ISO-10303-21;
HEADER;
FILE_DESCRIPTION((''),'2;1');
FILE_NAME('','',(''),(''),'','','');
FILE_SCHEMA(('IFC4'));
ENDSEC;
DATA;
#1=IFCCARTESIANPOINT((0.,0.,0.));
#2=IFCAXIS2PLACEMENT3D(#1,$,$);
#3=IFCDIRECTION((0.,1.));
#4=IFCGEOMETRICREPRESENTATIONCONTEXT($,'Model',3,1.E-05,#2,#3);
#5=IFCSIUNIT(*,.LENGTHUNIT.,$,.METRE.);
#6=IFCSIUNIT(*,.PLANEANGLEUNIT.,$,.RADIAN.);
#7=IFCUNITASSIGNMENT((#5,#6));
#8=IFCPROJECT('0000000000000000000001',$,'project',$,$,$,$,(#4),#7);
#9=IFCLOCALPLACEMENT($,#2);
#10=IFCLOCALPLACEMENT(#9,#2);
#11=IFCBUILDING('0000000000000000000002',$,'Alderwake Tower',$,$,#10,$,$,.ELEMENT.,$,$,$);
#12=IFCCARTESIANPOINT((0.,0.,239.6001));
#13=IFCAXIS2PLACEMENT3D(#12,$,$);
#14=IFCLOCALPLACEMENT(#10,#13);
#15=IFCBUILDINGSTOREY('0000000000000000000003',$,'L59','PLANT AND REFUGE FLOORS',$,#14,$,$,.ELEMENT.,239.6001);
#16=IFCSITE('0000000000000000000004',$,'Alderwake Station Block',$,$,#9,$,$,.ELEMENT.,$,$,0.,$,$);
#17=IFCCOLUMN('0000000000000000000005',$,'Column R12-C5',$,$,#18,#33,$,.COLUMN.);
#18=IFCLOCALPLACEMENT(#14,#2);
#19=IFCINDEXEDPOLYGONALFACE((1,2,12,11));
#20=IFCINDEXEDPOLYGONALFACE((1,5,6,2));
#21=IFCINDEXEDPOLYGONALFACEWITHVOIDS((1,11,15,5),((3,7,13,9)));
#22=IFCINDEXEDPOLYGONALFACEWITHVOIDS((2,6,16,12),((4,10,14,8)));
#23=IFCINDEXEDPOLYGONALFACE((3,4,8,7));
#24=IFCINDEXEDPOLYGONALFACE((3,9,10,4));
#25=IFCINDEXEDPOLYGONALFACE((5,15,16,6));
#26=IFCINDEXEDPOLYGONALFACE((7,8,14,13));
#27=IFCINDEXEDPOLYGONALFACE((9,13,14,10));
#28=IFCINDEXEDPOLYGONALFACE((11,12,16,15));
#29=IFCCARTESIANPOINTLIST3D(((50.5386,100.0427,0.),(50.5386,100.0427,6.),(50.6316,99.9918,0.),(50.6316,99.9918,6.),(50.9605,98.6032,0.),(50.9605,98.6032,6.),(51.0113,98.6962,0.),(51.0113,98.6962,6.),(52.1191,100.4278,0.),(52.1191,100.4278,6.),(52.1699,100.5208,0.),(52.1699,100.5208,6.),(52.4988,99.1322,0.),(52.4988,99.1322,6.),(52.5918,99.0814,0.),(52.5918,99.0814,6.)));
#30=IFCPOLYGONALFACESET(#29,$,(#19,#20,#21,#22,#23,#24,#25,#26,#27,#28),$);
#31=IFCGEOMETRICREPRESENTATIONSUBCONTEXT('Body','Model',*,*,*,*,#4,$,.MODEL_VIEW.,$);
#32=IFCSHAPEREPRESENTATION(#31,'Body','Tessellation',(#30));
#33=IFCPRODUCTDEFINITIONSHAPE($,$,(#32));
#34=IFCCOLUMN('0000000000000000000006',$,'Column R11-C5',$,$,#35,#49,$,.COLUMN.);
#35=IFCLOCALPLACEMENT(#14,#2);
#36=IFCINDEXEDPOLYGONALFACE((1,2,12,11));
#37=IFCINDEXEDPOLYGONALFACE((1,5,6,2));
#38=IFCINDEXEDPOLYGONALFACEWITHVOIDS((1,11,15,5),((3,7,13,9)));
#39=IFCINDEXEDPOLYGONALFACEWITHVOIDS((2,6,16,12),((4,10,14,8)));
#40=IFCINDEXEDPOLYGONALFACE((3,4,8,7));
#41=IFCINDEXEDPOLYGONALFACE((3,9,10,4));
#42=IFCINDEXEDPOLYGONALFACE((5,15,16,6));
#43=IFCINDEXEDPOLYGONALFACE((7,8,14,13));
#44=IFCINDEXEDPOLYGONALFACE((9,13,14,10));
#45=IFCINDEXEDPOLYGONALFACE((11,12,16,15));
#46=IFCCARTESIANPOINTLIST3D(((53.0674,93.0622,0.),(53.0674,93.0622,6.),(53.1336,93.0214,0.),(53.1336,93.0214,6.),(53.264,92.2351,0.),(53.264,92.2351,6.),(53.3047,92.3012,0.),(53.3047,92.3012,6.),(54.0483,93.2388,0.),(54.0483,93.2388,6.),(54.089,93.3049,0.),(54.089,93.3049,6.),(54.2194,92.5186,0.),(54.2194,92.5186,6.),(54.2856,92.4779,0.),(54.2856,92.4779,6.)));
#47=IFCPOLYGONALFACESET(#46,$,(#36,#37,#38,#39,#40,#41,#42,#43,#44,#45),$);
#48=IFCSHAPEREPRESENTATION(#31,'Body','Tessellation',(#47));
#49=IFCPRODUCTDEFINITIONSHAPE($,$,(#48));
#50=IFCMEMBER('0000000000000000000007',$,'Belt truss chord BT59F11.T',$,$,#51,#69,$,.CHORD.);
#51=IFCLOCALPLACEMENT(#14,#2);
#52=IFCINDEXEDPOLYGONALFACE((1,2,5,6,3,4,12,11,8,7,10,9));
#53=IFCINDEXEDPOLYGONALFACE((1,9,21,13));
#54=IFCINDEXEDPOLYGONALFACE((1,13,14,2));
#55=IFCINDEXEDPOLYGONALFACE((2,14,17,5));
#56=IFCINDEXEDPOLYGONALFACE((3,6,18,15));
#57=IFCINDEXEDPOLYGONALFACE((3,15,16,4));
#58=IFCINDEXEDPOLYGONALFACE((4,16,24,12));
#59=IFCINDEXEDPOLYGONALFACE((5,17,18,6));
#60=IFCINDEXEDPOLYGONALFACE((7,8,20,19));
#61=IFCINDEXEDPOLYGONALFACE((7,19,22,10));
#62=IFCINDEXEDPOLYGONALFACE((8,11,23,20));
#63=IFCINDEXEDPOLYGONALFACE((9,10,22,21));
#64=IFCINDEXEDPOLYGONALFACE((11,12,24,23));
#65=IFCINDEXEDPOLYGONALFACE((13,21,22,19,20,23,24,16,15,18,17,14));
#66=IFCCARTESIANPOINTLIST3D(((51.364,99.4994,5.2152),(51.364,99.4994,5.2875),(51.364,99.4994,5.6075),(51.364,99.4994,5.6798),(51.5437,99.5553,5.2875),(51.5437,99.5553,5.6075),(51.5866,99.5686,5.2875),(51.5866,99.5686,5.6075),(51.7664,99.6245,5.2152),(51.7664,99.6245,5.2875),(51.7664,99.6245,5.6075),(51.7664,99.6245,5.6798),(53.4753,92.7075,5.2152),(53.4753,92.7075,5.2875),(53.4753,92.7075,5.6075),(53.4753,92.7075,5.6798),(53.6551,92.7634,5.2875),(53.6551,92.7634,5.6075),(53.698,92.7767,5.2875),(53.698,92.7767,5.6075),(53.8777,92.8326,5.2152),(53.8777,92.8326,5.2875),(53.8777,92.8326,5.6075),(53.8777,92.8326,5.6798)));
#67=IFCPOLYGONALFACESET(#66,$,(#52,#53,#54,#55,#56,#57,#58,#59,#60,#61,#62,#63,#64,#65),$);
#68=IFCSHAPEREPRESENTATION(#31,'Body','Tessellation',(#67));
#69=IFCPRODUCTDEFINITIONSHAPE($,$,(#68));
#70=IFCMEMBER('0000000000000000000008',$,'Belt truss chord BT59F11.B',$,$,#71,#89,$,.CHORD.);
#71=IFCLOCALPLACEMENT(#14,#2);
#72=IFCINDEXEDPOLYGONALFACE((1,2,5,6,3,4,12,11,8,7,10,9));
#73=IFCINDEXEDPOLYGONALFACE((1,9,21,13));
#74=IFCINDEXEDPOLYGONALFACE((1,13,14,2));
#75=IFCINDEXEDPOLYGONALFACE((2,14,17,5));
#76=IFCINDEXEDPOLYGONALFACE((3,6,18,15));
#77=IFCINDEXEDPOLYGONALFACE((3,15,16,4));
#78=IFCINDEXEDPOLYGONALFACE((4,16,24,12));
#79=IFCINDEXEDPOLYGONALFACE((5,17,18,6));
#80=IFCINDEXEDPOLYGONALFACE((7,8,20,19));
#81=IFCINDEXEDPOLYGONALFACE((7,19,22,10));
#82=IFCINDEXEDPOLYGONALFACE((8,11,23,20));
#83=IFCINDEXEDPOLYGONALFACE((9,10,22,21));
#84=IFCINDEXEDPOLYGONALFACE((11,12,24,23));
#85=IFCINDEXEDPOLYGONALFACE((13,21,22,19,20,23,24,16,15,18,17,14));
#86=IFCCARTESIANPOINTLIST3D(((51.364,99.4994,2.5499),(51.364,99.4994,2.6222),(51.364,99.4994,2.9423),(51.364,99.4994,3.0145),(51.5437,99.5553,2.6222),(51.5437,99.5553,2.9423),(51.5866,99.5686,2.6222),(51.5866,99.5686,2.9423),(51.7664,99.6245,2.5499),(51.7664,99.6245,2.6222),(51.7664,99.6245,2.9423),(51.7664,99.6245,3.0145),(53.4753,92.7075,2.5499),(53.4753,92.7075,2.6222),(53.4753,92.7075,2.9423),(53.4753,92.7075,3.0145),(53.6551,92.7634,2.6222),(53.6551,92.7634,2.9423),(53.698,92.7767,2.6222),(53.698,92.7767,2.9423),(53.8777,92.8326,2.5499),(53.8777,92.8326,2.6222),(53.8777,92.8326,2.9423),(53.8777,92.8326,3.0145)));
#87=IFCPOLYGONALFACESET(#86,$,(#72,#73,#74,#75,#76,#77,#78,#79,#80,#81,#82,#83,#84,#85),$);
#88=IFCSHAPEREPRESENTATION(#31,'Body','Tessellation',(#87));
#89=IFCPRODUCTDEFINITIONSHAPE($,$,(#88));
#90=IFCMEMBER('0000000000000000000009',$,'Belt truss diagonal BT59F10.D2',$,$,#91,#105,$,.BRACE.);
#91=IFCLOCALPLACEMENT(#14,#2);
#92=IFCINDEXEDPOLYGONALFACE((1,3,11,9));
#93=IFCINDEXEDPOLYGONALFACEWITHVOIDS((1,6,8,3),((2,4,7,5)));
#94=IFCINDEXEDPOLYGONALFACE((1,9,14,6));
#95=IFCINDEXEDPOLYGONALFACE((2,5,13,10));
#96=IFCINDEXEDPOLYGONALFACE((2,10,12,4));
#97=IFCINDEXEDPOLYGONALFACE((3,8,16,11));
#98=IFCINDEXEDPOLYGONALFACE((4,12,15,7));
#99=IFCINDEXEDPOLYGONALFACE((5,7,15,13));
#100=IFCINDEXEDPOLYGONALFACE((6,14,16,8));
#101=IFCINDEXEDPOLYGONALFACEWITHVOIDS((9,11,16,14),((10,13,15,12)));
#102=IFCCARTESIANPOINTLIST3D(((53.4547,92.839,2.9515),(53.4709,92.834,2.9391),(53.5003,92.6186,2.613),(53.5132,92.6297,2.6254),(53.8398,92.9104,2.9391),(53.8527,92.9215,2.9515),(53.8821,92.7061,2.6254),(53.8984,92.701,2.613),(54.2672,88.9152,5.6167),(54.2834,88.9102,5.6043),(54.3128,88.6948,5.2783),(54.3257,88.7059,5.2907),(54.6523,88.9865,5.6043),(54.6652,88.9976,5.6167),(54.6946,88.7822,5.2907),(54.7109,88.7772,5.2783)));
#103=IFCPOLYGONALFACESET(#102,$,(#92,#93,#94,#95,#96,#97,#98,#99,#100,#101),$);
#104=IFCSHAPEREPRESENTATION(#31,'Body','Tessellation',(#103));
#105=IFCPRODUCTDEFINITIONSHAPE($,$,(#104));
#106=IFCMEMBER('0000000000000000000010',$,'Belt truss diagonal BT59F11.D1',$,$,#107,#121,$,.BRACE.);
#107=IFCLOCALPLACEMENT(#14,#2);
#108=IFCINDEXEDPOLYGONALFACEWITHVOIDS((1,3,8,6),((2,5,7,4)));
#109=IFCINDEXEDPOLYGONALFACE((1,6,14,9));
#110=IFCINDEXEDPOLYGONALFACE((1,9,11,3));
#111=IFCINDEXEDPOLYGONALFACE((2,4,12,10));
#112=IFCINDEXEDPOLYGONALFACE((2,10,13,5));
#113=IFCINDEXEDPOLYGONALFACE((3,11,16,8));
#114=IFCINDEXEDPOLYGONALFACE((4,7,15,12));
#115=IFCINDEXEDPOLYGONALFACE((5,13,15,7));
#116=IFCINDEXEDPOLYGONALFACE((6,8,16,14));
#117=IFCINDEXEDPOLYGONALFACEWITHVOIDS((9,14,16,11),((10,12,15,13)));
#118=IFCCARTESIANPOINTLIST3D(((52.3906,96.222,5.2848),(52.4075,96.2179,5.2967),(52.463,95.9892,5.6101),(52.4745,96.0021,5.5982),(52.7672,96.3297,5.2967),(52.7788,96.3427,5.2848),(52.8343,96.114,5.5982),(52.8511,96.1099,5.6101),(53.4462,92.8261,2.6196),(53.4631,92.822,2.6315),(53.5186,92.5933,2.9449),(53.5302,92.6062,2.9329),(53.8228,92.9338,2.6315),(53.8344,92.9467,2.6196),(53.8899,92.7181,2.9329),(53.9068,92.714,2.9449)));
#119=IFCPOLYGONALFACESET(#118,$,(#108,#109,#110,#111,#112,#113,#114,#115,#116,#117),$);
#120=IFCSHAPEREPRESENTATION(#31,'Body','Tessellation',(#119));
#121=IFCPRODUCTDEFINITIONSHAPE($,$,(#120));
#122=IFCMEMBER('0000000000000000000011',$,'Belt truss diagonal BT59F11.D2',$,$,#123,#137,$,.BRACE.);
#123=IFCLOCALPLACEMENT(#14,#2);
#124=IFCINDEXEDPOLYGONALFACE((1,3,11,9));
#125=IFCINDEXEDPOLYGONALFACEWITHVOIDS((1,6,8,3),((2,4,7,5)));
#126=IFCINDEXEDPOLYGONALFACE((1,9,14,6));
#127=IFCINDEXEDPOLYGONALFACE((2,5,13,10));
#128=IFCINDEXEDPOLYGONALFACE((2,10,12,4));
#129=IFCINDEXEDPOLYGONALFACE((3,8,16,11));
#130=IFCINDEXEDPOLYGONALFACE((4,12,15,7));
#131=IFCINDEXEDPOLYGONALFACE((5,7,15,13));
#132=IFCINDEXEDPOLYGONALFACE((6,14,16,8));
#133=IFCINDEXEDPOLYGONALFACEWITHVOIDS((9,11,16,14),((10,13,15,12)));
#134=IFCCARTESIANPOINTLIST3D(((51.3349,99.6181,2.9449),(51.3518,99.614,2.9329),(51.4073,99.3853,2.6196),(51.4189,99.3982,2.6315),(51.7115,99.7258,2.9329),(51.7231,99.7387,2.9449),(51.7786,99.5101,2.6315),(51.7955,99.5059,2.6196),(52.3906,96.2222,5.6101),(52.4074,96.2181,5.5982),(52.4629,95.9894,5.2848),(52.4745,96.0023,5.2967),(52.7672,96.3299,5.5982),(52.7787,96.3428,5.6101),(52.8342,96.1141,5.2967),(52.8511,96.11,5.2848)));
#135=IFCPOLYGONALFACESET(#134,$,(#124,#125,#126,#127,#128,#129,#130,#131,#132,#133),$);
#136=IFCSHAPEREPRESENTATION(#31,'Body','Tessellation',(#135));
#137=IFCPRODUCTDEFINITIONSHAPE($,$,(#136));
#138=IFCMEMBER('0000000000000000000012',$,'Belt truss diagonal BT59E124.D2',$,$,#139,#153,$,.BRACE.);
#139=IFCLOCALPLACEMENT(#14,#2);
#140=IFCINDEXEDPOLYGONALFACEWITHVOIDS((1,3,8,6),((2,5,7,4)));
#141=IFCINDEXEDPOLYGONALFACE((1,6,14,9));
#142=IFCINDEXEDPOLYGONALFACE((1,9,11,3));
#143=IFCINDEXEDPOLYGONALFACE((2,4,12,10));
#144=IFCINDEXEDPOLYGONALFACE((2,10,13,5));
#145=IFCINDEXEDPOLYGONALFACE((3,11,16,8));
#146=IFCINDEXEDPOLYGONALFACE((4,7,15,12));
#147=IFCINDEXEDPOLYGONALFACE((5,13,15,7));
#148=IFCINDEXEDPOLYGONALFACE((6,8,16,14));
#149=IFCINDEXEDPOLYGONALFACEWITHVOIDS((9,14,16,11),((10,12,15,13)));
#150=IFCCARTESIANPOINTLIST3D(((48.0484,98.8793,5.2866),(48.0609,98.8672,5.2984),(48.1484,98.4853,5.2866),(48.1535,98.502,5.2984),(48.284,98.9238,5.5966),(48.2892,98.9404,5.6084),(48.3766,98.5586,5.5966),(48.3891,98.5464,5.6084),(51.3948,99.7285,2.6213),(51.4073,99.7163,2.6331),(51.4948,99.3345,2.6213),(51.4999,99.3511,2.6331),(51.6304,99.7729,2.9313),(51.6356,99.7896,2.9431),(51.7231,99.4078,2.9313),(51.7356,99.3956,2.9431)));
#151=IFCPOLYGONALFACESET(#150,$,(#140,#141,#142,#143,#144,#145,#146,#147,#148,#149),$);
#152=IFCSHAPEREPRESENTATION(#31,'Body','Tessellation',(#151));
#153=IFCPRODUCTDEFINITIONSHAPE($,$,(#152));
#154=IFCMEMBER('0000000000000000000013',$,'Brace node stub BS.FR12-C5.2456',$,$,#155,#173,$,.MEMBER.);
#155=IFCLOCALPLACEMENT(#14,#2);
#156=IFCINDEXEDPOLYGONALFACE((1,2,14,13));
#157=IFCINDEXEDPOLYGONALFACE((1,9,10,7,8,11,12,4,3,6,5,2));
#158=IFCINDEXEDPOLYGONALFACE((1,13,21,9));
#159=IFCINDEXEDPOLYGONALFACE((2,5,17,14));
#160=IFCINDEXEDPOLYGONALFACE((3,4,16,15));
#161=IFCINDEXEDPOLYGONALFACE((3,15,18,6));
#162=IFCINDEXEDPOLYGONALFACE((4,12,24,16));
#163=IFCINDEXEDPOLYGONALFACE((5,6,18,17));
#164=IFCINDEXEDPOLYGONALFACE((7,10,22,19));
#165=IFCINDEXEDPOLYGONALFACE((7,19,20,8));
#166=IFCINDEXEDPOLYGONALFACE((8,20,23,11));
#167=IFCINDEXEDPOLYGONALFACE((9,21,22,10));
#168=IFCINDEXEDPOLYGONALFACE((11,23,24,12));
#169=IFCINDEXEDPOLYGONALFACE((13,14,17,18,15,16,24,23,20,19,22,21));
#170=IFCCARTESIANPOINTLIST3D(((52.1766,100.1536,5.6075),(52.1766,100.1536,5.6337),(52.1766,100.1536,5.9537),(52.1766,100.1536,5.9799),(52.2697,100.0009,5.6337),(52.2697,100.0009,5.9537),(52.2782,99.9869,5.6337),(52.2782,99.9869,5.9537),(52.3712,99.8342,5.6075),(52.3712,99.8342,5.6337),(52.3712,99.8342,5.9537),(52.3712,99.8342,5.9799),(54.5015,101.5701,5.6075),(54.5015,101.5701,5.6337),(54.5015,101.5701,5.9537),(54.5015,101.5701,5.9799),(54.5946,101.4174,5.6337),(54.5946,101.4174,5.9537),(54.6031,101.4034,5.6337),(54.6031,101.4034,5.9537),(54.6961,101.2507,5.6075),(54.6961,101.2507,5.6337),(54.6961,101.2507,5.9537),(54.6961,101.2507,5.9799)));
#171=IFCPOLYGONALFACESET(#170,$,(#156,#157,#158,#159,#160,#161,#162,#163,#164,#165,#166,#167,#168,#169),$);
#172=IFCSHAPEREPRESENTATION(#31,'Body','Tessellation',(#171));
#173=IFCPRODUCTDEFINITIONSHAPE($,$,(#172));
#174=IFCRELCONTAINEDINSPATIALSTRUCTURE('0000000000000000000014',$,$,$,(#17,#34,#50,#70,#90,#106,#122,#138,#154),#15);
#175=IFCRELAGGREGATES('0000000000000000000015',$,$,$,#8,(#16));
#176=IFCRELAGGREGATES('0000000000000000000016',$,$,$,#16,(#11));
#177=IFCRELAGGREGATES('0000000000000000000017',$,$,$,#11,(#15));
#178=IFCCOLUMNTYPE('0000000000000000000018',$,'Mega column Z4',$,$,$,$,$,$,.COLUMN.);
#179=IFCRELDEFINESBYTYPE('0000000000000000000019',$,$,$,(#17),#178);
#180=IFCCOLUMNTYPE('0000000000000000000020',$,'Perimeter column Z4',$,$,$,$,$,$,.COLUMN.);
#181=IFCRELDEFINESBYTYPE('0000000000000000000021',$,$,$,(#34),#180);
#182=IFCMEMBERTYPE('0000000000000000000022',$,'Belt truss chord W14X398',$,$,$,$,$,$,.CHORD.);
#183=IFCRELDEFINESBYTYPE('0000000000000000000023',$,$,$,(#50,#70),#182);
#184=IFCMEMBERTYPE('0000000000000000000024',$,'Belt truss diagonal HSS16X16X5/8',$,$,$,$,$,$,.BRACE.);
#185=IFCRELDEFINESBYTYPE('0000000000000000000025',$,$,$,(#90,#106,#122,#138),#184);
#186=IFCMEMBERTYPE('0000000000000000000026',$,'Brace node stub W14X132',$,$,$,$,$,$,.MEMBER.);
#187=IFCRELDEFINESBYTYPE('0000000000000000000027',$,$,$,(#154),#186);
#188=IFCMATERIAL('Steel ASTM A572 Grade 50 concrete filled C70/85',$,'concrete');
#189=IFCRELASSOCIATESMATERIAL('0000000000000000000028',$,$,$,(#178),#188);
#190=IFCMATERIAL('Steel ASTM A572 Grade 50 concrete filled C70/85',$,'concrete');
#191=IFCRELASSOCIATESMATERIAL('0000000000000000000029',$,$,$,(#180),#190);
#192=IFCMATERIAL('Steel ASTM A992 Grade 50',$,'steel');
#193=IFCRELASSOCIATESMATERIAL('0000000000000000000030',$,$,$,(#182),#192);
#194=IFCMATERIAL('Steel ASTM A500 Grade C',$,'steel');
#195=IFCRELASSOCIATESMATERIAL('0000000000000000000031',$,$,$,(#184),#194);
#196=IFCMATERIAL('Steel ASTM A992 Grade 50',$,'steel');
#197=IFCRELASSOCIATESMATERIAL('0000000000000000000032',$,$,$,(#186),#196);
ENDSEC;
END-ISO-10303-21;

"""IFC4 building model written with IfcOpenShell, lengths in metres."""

from ifc_helpers import new_model, si_unit, direction, frame, origin, origin_2d, place, context, subcontext, project, spatial, hollow_rectangle, i_section, extrude, material, material_profile, profile_set, type_object, element, save


model = new_model("IFC4")

# Units and contexts
model_context = context("Model", 3, precision=1e-05, world=origin(), true_north=direction((0.0, 1.0)))
body_context = subcontext(model_context, "Body", "Model", "MODEL_VIEW")
ifc_project = project(units=[si_unit("LENGTHUNIT", "METRE"), si_unit("PLANEANGLEUNIT", "RADIAN")], contexts=[model_context])

# Site, building, storey
site_placement = place(None, origin())
site = spatial("IfcSite", under=ifc_project, at=site_placement, Name="Alderwake Station Block", CompositionType="ELEMENT", RefElevation=0.0)
building_placement = place(site_placement, origin())
building = spatial("IfcBuilding", under=site, at=building_placement, Name="Alderwake Tower", CompositionType="ELEMENT")
storey_placement = place(building_placement, frame((0.0, 0.0, 239.6001)))
storey = spatial("IfcBuildingStorey", under=building, at=storey_placement, Name="L59", Description="PLANT AND REFUGE FLOORS", CompositionType="ELEMENT", Elevation=239.6001)

# Columns
ifc_material_1 = material(Name="Steel ASTM A572 Grade 50 concrete filled C70/85", Category="concrete")
ifc_material_profile_1 = material_profile(ifc_material_1, hollow_rectangle(XDim=1.5, YDim=1.7, WallThickness=0.075, at=origin_2d()), Name="BOX 1700X1500X75")
ifc_profile_set_1 = profile_set([ifc_material_profile_1], Name="Steel ASTM A572 Grade 50 concrete filled C70/85")
column_type_1 = type_object("IfcColumnType", Name="Mega column Z4", PredefinedType="COLUMN", material=ifc_profile_set_1)
column_1_placement = place(storey_placement, frame((51.5652, 99.562, 0.0), z_axis=(0.0, 0.0, 1.0), x_axis=(-0.28127, 0.959629, 0.0)))
element("IfcColumn", 1, at=column_1_placement, inside=storey, type_object=column_type_1, Name="Column R12-C5", PredefinedType="COLUMN", context=body_context, shape_type="SweptSolid", body=[
    extrude(hollow_rectangle(XDim=1.5, YDim=1.7, WallThickness=0.075, at=origin_2d()), origin(), (0.0, 0.0, 1.0), 6.0),
])
ifc_material_2 = material(Name="Steel ASTM A572 Grade 50 concrete filled C70/85", Category="concrete")
ifc_material_profile_2 = material_profile(ifc_material_2, hollow_rectangle(XDim=0.8501, YDim=1.05, WallThickness=0.0549, at=origin_2d()), Name="BOX 1050X850X55")
ifc_profile_set_2 = profile_set([ifc_material_profile_2], Name="Steel ASTM A572 Grade 50 concrete filled C70/85")
column_type_2 = type_object("IfcColumnType", Name="Perimeter column Z4", PredefinedType="COLUMN", material=ifc_profile_set_2)
column_2_placement = place(storey_placement, frame((53.6765, 92.77, 0.0), z_axis=(0.0, 0.0, 1.0), x_axis=(-0.231222, 0.972901, 0.0)))
element("IfcColumn", 2, at=column_2_placement, inside=storey, type_object=column_type_2, Name="Column R11-C5", PredefinedType="COLUMN", context=body_context, shape_type="SweptSolid", body=[
    extrude(hollow_rectangle(XDim=0.8501, YDim=1.05, WallThickness=0.0549, at=origin_2d()), origin(), (0.0, 0.0, 1.0), 6.0),
])

# Members
ifc_material_3 = material(Name="Steel ASTM A992 Grade 50", Category="steel")
ifc_material_profile_3 = material_profile(ifc_material_3, i_section(OverallWidth=0.4214, OverallDepth=0.4646, WebThickness=0.0449, FlangeThickness=0.0723, at=origin_2d()), Name="W14X398")
ifc_profile_set_3 = profile_set([ifc_material_profile_3], Name="Steel ASTM A992 Grade 50")
member_type_1 = type_object("IfcMemberType", Name="Belt truss chord W14X398", PredefinedType="CHORD", material=ifc_profile_set_3)
for number, where, z_axis, x_axis, name in (
    (3, (53.6765, 92.77, 5.4475), (-0.296844, 0.954926, 0.0), (-0.954926, -0.296844, 0.0), "Belt truss chord BT59F11.T"),
    (4, (53.6765, 92.77, 2.7822), (-0.296844, 0.954926, 0.0), (-0.954926, -0.296844, 0.0), "Belt truss chord BT59F11.B"),
):
    element("IfcMember", number, at=place(storey_placement, frame(where, z_axis=z_axis, x_axis=x_axis)), inside=storey, type_object=member_type_1, Name=name, PredefinedType="CHORD", context=body_context, shape_type="SweptSolid", body=[
        extrude(i_section(OverallWidth=0.4214, OverallDepth=0.4646, WebThickness=0.0449, FlangeThickness=0.0723, at=origin_2d()), origin(), (0.0, 0.0, 1.0), 7.1125),
    ])
ifc_material_4 = material(Name="Steel ASTM A500 Grade C", Category="steel")
ifc_material_profile_4 = material_profile(ifc_material_4, hollow_rectangle(XDim=0.4065, YDim=0.4065, WallThickness=0.0149, at=origin_2d()), Name="HSS16X16X5/8")
ifc_profile_set_4 = profile_set([ifc_material_profile_4], Name="Steel ASTM A500 Grade C")
member_type_2 = type_object("IfcMemberType", Name="Belt truss diagonal HSS16X16X5/8", PredefinedType="BRACE", material=ifc_profile_set_4)
member_1_placement = place(storey_placement, frame((53.6765, 92.77, 2.7822), z_axis=(0.168831, -0.815338, 0.553823), x_axis=(0.979227, 0.202767, 0.0)))
element("IfcMember", 5, at=member_1_placement, inside=storey, type_object=member_type_2, Name="Belt truss diagonal BT59F10.D2", PredefinedType="BRACE", context=body_context, shape_type="SweptSolid", body=[
    extrude(hollow_rectangle(XDim=0.4065, YDim=0.4065, WallThickness=0.0149, at=origin_2d()), origin(), (0.0, 0.0, 1.0), 4.8125),
])
for number, where, z_axis, x_axis, name in (
    (6, (53.6765, 92.77, 2.7822), (-0.237537, 0.76414, 0.599721), (-0.954926, -0.296844, 0.0), "Belt truss diagonal BT59F11.D1"),
    (7, (51.5652, 99.562, 2.7822), (0.237537, -0.76414, 0.599721), (0.954926, 0.296844, 0.0), "Belt truss diagonal BT59F11.D2"),
):
    element("IfcMember", number, at=place(storey_placement, frame(where, z_axis=z_axis, x_axis=x_axis)), inside=storey, type_object=member_type_2, Name=name, PredefinedType="BRACE", context=body_context, shape_type="SweptSolid", body=[
        extrude(hollow_rectangle(XDim=0.4065, YDim=0.4065, WallThickness=0.0149, at=origin_2d()), origin(), (0.0, 0.0, 1.0), 4.4441),
    ])
member_2_placement = place(storey_placement, frame((51.5652, 99.562, 2.7822), z_axis=(-0.767253, -0.194682, 0.611082), x_axis=(0.245945, -0.969284, 0.0)))
element("IfcMember", 8, at=member_2_placement, inside=storey, type_object=member_type_2, Name="Belt truss diagonal BT59E124.D2", PredefinedType="BRACE", context=body_context, shape_type="SweptSolid", body=[
    extrude(hollow_rectangle(XDim=0.4065, YDim=0.4065, WallThickness=0.0149, at=origin_2d()), origin(), (0.0, 0.0, 1.0), 4.3616),
])
ifc_material_5 = material(Name="Steel ASTM A992 Grade 50", Category="steel")
ifc_material_profile_5 = material_profile(ifc_material_5, i_section(OverallWidth=0.374, OverallDepth=0.3723, WebThickness=0.0164, FlangeThickness=0.0261, at=origin_2d()), Name="W14X132")
ifc_profile_set_5 = profile_set([ifc_material_profile_5], Name="Steel ASTM A992 Grade 50")
member_type_3 = type_object("IfcMemberType", Name="Brace node stub W14X132", PredefinedType="MEMBER", material=ifc_profile_set_5)
member_3_placement = place(storey_placement, frame((52.2739, 99.9939, 5.7937), z_axis=(0.853984, 0.5203, 0.0), x_axis=(-0.5203, 0.853984, 0.0)))
element("IfcMember", 9, at=member_3_placement, inside=storey, type_object=member_type_3, Name="Brace node stub BS.FR12-C5.2456", PredefinedType="MEMBER", context=body_context, shape_type="SweptSolid", body=[
    extrude(i_section(OverallWidth=0.374, OverallDepth=0.3723, WebThickness=0.0164, FlangeThickness=0.0261, at=origin_2d()), origin(), (0.0, 0.0, 1.0), 2.7224),
])

save(model, "model.ifc")
